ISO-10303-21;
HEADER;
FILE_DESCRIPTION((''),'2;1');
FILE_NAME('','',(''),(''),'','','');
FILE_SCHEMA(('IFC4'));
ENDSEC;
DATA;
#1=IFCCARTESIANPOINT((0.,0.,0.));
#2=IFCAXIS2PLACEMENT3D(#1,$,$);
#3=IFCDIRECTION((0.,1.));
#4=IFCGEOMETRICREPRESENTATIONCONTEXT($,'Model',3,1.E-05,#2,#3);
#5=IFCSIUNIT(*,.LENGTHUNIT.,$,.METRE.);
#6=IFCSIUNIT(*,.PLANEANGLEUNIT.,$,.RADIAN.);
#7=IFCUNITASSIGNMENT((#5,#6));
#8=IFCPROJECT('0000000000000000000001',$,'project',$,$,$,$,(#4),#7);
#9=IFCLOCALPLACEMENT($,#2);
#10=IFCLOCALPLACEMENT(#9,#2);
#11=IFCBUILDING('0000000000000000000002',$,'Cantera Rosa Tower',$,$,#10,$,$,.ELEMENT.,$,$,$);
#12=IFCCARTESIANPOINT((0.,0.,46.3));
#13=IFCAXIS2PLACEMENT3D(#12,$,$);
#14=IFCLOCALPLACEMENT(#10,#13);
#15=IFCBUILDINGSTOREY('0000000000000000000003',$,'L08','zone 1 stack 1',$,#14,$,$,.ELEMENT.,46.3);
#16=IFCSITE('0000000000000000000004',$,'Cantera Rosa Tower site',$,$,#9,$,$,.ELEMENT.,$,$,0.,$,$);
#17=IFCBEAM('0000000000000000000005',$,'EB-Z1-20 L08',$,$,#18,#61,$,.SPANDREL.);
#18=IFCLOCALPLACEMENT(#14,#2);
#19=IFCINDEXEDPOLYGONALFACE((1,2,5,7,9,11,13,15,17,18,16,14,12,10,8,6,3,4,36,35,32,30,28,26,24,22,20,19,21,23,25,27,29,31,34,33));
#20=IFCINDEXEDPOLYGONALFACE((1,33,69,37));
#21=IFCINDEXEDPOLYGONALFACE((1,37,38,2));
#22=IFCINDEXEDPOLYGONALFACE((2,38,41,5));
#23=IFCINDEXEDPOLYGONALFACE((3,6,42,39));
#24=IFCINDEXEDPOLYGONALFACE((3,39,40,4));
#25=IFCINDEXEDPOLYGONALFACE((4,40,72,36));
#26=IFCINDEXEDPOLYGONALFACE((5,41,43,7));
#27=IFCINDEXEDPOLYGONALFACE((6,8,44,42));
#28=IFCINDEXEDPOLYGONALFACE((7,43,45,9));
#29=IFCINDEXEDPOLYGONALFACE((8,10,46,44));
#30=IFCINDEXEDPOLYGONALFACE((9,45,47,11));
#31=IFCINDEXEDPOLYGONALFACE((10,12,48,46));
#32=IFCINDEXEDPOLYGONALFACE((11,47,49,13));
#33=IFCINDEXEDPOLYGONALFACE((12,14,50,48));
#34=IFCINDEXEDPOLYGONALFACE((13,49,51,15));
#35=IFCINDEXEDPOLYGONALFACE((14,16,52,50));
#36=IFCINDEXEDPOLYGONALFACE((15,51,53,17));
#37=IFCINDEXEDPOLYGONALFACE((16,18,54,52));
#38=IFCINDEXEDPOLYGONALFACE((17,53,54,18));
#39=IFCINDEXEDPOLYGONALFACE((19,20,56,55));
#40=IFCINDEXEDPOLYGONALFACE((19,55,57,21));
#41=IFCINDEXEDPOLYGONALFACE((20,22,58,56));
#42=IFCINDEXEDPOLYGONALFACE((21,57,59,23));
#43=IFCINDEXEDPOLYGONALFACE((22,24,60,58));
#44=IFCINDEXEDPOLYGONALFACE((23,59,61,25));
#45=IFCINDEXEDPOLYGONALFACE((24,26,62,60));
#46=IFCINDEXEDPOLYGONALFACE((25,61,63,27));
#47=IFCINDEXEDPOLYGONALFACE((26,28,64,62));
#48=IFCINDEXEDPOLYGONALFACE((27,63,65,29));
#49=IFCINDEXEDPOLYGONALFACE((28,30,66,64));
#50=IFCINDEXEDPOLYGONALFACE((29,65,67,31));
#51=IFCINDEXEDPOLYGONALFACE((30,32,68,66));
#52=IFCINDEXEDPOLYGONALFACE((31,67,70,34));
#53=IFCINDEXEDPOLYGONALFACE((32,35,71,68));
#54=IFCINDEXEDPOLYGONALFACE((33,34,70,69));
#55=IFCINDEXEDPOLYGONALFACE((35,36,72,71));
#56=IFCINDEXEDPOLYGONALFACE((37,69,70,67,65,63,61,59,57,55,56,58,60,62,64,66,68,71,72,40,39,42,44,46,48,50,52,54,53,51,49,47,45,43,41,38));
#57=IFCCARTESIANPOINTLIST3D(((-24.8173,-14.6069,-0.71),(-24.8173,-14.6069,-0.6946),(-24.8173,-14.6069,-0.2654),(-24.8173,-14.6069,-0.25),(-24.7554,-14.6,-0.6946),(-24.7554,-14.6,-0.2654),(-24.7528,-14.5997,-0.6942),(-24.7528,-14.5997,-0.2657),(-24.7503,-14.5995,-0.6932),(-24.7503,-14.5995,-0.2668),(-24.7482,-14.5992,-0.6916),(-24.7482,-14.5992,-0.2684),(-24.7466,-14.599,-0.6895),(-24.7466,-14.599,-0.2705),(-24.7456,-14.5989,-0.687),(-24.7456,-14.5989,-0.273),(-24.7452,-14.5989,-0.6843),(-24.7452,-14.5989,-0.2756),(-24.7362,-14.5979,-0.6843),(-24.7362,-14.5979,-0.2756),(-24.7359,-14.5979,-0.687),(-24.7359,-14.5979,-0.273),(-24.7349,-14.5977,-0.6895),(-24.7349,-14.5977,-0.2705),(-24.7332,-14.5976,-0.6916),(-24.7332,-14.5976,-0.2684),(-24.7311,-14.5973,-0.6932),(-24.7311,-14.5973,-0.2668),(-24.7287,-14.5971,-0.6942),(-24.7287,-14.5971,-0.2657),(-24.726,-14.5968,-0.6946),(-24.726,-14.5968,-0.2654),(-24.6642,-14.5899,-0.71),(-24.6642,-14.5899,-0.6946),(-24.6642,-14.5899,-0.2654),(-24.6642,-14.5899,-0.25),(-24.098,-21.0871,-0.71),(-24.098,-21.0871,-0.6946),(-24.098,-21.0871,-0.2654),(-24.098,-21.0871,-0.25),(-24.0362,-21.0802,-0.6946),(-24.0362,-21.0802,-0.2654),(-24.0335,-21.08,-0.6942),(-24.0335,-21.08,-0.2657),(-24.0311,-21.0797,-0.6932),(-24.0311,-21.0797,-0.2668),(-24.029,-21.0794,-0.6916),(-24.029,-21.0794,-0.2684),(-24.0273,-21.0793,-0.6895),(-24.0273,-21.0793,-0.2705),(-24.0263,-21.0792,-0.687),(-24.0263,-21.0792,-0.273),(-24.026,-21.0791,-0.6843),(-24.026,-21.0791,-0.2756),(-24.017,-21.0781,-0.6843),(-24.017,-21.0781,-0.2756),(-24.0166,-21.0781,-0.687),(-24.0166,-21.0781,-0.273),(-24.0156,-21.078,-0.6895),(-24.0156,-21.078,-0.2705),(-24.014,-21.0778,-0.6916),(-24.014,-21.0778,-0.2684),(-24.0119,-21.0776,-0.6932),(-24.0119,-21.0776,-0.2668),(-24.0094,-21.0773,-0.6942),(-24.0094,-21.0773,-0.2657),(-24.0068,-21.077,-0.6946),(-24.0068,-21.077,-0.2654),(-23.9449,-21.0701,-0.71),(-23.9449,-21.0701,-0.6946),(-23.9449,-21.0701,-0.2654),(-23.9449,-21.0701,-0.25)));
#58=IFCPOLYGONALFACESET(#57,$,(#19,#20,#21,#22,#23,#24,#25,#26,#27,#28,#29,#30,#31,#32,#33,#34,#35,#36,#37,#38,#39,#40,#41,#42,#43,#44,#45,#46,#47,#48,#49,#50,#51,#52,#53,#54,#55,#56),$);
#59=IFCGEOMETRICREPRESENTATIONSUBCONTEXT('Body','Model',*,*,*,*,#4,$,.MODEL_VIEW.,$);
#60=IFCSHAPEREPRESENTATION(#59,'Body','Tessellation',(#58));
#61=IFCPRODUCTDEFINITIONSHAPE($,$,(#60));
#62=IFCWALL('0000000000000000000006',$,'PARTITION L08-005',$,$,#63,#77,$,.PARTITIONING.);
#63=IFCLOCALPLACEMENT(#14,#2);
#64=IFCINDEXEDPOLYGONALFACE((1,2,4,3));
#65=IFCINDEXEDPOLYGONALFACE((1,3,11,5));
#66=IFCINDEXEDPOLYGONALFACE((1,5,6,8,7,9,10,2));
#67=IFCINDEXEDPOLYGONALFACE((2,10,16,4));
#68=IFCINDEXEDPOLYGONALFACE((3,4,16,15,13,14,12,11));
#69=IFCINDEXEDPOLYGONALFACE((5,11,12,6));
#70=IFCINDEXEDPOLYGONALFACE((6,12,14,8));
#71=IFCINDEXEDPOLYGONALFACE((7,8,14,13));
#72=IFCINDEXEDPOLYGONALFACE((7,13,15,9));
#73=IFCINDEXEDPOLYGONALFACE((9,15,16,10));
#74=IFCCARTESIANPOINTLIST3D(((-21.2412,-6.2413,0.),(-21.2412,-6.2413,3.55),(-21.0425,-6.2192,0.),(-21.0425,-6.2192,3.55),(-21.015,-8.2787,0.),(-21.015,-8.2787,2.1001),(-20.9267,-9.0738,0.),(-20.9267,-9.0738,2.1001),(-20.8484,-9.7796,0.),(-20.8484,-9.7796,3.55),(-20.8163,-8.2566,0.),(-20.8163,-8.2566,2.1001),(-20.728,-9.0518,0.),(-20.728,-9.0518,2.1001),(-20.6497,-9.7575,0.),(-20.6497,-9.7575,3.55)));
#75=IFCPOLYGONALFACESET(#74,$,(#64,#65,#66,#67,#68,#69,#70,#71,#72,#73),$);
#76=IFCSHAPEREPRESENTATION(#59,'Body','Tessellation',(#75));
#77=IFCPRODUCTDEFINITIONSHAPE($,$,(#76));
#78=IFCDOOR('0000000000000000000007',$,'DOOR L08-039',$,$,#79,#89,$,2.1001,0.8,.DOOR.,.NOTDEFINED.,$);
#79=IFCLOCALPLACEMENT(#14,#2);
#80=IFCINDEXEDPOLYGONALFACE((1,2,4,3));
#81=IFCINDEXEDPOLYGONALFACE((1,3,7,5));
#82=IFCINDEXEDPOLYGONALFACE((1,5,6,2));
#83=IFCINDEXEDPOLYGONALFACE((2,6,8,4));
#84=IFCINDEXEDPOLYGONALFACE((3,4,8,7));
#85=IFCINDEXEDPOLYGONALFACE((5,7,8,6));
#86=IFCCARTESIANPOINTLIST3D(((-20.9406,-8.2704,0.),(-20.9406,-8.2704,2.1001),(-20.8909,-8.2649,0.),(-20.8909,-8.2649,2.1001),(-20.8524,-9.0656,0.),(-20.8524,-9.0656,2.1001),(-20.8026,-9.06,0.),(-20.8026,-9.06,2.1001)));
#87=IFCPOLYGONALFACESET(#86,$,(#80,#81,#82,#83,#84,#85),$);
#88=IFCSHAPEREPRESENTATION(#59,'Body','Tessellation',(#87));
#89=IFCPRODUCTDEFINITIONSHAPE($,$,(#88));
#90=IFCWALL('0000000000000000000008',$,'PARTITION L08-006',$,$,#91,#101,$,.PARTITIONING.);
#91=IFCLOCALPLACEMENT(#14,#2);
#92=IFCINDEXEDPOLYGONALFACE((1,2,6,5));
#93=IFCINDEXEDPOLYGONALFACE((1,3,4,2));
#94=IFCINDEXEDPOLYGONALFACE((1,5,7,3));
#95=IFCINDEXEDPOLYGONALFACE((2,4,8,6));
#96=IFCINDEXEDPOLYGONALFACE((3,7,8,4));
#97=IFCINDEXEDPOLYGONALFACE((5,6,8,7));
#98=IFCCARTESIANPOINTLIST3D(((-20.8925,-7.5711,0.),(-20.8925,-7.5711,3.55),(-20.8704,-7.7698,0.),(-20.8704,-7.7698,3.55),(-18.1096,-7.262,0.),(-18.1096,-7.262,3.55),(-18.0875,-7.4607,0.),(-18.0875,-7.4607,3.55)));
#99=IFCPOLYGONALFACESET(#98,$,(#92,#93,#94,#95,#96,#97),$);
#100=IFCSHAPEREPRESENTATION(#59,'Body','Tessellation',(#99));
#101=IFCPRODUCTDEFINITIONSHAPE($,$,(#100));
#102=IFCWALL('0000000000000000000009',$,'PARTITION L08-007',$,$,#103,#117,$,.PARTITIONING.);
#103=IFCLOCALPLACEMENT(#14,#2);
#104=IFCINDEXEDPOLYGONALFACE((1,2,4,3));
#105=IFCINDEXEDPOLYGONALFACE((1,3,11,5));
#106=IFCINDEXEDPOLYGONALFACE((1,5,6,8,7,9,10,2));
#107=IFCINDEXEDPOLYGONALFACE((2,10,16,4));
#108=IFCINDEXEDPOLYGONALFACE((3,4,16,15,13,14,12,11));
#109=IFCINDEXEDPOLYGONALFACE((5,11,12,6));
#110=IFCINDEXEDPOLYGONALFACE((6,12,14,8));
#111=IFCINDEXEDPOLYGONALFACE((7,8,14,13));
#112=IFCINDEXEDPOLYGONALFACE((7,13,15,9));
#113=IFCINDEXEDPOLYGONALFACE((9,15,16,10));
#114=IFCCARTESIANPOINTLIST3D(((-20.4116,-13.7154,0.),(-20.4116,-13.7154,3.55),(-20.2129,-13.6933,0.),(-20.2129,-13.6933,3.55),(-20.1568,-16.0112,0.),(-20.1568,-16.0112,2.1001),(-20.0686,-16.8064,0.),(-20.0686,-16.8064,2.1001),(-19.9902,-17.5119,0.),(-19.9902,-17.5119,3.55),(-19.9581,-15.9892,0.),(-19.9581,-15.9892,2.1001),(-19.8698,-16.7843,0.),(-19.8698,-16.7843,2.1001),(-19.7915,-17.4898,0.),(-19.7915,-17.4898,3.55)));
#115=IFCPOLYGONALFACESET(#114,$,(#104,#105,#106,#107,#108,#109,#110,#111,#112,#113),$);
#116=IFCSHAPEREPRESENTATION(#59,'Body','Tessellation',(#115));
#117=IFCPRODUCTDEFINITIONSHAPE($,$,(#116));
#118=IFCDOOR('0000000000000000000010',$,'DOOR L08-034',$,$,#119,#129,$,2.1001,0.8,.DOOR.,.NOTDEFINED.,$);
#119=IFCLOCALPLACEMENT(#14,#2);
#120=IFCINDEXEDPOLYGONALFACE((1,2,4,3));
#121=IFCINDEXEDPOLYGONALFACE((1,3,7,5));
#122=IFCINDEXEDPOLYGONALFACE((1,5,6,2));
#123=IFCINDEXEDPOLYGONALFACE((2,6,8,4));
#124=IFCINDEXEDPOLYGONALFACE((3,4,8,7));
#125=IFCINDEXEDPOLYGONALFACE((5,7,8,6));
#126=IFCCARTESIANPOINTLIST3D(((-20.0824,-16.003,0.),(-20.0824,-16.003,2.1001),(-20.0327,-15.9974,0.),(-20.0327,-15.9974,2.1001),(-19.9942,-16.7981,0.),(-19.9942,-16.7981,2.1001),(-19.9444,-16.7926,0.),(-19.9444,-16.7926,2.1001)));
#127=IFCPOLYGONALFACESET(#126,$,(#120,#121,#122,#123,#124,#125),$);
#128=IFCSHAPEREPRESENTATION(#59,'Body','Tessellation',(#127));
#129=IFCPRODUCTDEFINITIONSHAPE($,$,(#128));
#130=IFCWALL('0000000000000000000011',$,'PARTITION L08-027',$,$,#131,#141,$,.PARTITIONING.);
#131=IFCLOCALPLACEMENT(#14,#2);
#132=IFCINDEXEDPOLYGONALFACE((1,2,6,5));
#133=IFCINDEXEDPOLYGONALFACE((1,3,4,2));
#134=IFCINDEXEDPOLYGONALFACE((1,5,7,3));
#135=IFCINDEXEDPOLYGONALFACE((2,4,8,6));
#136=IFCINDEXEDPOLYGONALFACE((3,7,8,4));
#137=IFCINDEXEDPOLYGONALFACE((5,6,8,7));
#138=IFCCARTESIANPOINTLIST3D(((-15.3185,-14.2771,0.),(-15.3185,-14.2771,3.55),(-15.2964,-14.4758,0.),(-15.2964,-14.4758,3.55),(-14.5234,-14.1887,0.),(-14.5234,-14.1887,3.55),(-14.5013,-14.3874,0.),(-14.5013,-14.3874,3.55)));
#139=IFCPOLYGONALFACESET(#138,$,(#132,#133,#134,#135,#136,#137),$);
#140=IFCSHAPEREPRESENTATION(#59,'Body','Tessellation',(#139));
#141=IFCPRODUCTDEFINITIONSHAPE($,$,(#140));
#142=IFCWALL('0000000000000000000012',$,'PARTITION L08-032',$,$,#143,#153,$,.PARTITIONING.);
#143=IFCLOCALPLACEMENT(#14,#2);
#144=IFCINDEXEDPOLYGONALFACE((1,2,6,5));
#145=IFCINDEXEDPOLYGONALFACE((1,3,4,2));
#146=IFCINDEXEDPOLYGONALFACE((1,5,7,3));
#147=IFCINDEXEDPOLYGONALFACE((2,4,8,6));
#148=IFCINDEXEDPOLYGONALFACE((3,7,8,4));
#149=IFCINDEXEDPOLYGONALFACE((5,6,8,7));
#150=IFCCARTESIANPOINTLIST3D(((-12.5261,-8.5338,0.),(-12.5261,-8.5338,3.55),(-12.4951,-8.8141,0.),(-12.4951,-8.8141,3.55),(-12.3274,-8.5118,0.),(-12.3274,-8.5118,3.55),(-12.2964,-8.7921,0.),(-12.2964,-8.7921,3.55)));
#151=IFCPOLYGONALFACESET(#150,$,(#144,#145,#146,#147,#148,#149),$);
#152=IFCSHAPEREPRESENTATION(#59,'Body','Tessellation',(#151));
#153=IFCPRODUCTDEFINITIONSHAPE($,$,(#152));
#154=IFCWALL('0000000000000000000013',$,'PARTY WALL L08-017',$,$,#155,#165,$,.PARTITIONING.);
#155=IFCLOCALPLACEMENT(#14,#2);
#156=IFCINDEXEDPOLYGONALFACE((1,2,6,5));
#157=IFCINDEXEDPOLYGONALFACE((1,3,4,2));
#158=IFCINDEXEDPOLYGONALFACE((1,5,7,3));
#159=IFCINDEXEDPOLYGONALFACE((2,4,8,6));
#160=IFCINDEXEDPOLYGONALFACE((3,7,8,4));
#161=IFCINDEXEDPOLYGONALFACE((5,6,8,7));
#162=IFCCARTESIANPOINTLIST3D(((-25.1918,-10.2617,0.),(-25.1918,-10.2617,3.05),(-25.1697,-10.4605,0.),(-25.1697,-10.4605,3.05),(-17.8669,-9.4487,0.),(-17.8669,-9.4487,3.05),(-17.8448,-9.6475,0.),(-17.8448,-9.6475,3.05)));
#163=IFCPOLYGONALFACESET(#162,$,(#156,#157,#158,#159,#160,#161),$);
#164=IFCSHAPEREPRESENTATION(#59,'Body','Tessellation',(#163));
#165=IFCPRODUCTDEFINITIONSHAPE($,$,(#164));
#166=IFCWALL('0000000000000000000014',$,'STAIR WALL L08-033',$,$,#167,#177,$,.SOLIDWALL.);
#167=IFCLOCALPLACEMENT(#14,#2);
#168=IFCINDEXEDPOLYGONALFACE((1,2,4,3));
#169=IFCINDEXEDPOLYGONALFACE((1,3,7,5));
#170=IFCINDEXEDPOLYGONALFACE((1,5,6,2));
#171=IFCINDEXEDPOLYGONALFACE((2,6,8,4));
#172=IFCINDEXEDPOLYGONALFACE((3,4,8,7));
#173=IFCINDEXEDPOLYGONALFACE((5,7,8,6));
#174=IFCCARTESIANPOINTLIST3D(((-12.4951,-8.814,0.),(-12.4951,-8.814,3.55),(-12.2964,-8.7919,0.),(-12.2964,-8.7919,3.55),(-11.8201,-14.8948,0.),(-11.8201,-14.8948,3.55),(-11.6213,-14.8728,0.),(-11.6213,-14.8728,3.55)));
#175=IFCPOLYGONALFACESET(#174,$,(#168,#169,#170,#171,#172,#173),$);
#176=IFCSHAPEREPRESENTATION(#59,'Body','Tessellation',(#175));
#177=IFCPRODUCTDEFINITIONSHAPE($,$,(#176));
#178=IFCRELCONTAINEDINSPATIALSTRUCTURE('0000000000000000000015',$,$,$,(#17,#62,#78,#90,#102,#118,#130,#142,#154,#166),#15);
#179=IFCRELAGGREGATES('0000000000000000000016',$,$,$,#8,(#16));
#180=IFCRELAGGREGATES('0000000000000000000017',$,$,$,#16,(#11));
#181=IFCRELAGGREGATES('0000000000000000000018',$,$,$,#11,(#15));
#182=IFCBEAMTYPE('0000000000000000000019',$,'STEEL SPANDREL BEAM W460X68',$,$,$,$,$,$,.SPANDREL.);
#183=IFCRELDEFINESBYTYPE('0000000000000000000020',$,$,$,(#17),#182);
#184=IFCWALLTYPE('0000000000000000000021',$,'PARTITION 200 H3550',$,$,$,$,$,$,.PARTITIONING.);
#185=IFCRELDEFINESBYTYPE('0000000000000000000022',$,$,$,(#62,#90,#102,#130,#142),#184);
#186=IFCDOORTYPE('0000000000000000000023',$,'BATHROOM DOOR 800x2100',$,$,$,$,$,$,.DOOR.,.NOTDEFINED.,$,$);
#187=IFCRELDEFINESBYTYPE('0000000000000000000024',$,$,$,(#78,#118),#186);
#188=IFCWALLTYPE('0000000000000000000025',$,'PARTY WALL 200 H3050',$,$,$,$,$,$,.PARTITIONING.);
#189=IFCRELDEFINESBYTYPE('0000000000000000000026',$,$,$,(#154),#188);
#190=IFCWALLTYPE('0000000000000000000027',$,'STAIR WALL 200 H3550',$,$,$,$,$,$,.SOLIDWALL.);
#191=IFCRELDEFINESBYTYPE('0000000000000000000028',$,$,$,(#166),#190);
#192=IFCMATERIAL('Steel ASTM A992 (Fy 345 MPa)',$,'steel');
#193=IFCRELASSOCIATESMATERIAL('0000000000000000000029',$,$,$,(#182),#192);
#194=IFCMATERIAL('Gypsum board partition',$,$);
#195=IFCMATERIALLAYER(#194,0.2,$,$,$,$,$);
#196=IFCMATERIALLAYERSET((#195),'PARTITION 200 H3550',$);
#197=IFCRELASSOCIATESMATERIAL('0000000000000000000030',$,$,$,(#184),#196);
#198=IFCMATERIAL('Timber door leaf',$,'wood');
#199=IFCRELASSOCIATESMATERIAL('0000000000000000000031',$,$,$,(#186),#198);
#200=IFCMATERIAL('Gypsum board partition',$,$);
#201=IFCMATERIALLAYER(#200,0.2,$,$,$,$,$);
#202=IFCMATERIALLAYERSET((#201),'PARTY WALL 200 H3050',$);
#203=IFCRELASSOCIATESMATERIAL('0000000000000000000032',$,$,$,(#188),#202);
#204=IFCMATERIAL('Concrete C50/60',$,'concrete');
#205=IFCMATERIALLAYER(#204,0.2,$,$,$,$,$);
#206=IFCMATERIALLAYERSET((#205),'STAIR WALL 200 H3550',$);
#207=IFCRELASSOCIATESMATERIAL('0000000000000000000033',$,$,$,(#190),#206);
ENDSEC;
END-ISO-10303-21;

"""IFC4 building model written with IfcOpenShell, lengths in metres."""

from ifc_helpers import new_model, si_unit, direction, frame, frame_2d, origin, origin_2d, place, context, subcontext, project, spatial, rectangle, i_section, extrude, material, layer, layer_set, material_profile, profile_set, type_object, element, fill, save


model = new_model("IFC4")

# Units and contexts
model_context = context("Model", 3, precision=1e-05, world=origin(), true_north=direction((0.0, 1.0)))
body_context = subcontext(model_context, "Body", "Model", "MODEL_VIEW")
ifc_project = project(units=[si_unit("LENGTHUNIT", "METRE"), si_unit("PLANEANGLEUNIT", "RADIAN")], contexts=[model_context])

# Site, building, storey
site_placement = place(None, origin())
site = spatial("IfcSite", under=ifc_project, at=site_placement, Name="Cantera Rosa Tower site", CompositionType="ELEMENT", RefElevation=0.0)
building_placement = place(site_placement, origin())
building = spatial("IfcBuilding", under=site, at=building_placement, Name="Cantera Rosa Tower", CompositionType="ELEMENT")
storey_placement = place(building_placement, frame((0.0, 0.0, 46.3)))
storey = spatial("IfcBuildingStorey", under=building, at=storey_placement, Name="L08", Description="zone 1 stack 1", CompositionType="ELEMENT", Elevation=46.3)

# Beam
ifc_material_1 = material(Name="Steel ASTM A992 (Fy 345 MPa)", Category="steel")
ifc_material_profile_1 = material_profile(ifc_material_1, i_section(OverallWidth=0.1541, OverallDepth=0.46, WebThickness=0.009, FlangeThickness=0.0154, FilletRadius=0.0103, at=origin_2d()), Name="W460X68")
ifc_profile_set_1 = profile_set([ifc_material_profile_1], Name="Steel ASTM A992 (Fy 345 MPa)")
beam_type_1 = type_object("IfcBeamType", Name="STEEL SPANDREL BEAM W460X68", PredefinedType="SPANDREL", material=ifc_profile_set_1)
beam_1_placement = place(storey_placement, frame((-24.7407, -14.5984, -0.48), z_axis=(0.110312, -0.993897, 0.0), x_axis=(0.993897, 0.110312, 0.0)))
element("IfcBeam", 1, at=beam_1_placement, inside=storey, type_object=beam_type_1, Name="EB-Z1-20 L08", PredefinedType="SPANDREL", context=body_context, shape_type="SweptSolid", body=[
    extrude(i_section(OverallWidth=0.1541, OverallDepth=0.46, WebThickness=0.009, FlangeThickness=0.0154, FilletRadius=0.0103, at=origin_2d()), origin(), (0.0, 0.0, 1.0), 6.52),
])

# Wall, opening, door
ifc_material_2 = material(Name="Gypsum board partition")
ifc_layer_1 = layer(ifc_material_2, 0.2)
ifc_layer_set_1 = layer_set([ifc_layer_1], Name="PARTITION 200 H3550")
wall_type_1 = type_object("IfcWallType", Name="PARTITION 200 H3550", PredefinedType="PARTITIONING", material=ifc_layer_set_1)
wall_1_placement = place(storey_placement, frame((-21.1418, -6.2302, 0.0), z_axis=(0.0, 0.0, 1.0), x_axis=(0.110341, -0.993894, 0.0)))
wall_1 = element("IfcWall", 2, at=wall_1_placement, inside=storey, type_object=wall_type_1, Name="PARTITION L08-005", PredefinedType="PARTITIONING", context=body_context, shape_type="SweptSolid", body=[
    extrude(rectangle(XDim=3.5601, YDim=0.2, at=frame_2d((1.78, 0.0))), origin(), (0.0, 0.0, 1.0), 3.55),
])
opening_1_placement = place(wall_1_placement, frame((2.05, 0.0, 0.0)))
opening_1 = element("IfcOpeningElement", 3, at=opening_1_placement, cuts=wall_1, PredefinedType="OPENING", context=body_context, shape_type="SweptSolid", body=[
    extrude(rectangle(XDim=0.8, YDim=2.1001, at=frame_2d((0.3999, 1.05))), frame((0.0, 0.1099, 0.0), z_axis=(0.0, -1.0, 0.0), x_axis=(1.0, 0.0, 0.0)), (0.0, 0.0, 1.0), 0.22),
])
ifc_material_3 = material(Name="Timber door leaf", Category="wood")
door_type_1 = type_object("IfcDoorType", Name="BATHROOM DOOR 800x2100", OperationType="NOTDEFINED", PredefinedType="DOOR", material=ifc_material_3)
door_1_placement = place(opening_1_placement, origin())
door_1 = element("IfcDoor", 4, at=door_1_placement, inside=storey, type_object=door_type_1, Name="DOOR L08-039", OperationType="NOTDEFINED", OverallHeight=2.1001, OverallWidth=0.8, PredefinedType="DOOR", context=body_context, shape_type="SweptSolid", body=[
    extrude(rectangle(XDim=0.8, YDim=2.1001, at=frame_2d((0.3999, 1.05))), frame((0.0, 0.0249, 0.0), z_axis=(0.0, -1.0, 0.0), x_axis=(1.0, 0.0, 0.0)), (0.0, 0.0, 1.0), 0.05),
])
fill(opening_1, door_1)

# Wall
wall_2_placement = place(storey_placement, frame((-20.8813, -7.6704, 0.0), z_axis=(0.0, 0.0, 1.0), x_axis=(0.993889, 0.110384, 0.0)))
element("IfcWall", 5, at=wall_2_placement, inside=storey, type_object=wall_type_1, Name="PARTITION L08-006", PredefinedType="PARTITIONING", context=body_context, shape_type="SweptSolid", body=[
    extrude(rectangle(XDim=2.8, YDim=0.2, at=frame_2d((1.3999, 0.0))), origin(), (0.0, 0.0, 1.0), 3.55),
])

# Wall, opening, door
wall_3_placement = place(storey_placement, frame((-20.3123, -13.7043, 0.0), z_axis=(0.0, 0.0, 1.0), x_axis=(0.110312, -0.993897, 0.0)))
wall_3 = element("IfcWall", 6, at=wall_3_placement, inside=storey, type_object=wall_type_1, Name="PARTITION L08-007", PredefinedType="PARTITIONING", context=body_context, shape_type="SweptSolid", body=[
    extrude(rectangle(XDim=3.8198, YDim=0.2, at=frame_2d((1.9099, 0.0))), origin(), (0.0, 0.0, 1.0), 3.55),
])
opening_2_placement = place(wall_3_placement, frame((2.3101, 0.0, 0.0)))
opening_2 = element("IfcOpeningElement", 7, at=opening_2_placement, cuts=wall_3, PredefinedType="OPENING", context=body_context, shape_type="SweptSolid", body=[
    extrude(rectangle(XDim=0.8, YDim=2.1001, at=frame_2d((0.3999, 1.05))), frame((0.0, 0.1099, 0.0), z_axis=(0.0, -1.0, 0.0), x_axis=(1.0, 0.0, 0.0)), (0.0, 0.0, 1.0), 0.22),
])
door_2_placement = place(opening_2_placement, origin())
door_2 = element("IfcDoor", 8, at=door_2_placement, inside=storey, type_object=door_type_1, Name="DOOR L08-034", OperationType="NOTDEFINED", OverallHeight=2.1001, OverallWidth=0.8, PredefinedType="DOOR", context=body_context, shape_type="SweptSolid", body=[
    extrude(rectangle(XDim=0.8, YDim=2.1001, at=frame_2d((0.3999, 1.05))), frame((0.0, 0.0249, 0.0), z_axis=(0.0, -1.0, 0.0), x_axis=(1.0, 0.0, 0.0)), (0.0, 0.0, 1.0), 0.05),
])
fill(opening_2, door_2)

# Walls
wall_4_placement = place(storey_placement, frame((-14.5125, -14.2881, 0.0), z_axis=(0.0, 0.0, 1.0), x_axis=(-0.99388, -0.110465, 0.0)))
element("IfcWall", 9, at=wall_4_placement, inside=storey, type_object=wall_type_1, Name="PARTITION L08-027", PredefinedType="PARTITIONING", context=body_context, shape_type="SweptSolid", body=[
    extrude(rectangle(XDim=0.8, YDim=0.2, at=frame_2d((0.3999, 0.0))), origin(), (0.0, 0.0, 1.0), 3.55),
])
wall_5_placement = place(storey_placement, frame((-12.4268, -8.5227, 0.0), z_axis=(0.0, 0.0, 1.0), x_axis=(0.109956, -0.993936, 0.0)))
element("IfcWall", 10, at=wall_5_placement, inside=storey, type_object=wall_type_1, Name="PARTITION L08-032", PredefinedType="PARTITIONING", context=body_context, shape_type="SweptSolid", body=[
    extrude(rectangle(XDim=0.282, YDim=0.2, at=frame_2d((0.1411, 0.0))), origin(), (0.0, 0.0, 1.0), 3.55),
])
ifc_material_4 = material(Name="Gypsum board partition")
ifc_layer_2 = layer(ifc_material_4, 0.2)
ifc_layer_set_2 = layer_set([ifc_layer_2], Name="PARTY WALL 200 H3050")
wall_type_2 = type_object("IfcWallType", Name="PARTY WALL 200 H3050", PredefinedType="PARTITIONING", material=ifc_layer_set_2)
wall_6_placement = place(storey_placement, frame((-17.8557, -9.5481, 0.0), z_axis=(0.0, 0.0, 1.0), x_axis=(-0.993897, -0.110312, 0.0)))
element("IfcWall", 11, at=wall_6_placement, inside=storey, type_object=wall_type_2, Name="PARTY WALL L08-017", PredefinedType="PARTITIONING", context=body_context, shape_type="SweptSolid", body=[
    extrude(rectangle(XDim=7.3699, YDim=0.2, at=frame_2d((3.6851, 0.0))), origin(), (0.0, 0.0, 1.0), 3.05),
])
ifc_material_5 = material(Name="Concrete C50/60", Category="concrete")
ifc_layer_3 = layer(ifc_material_5, 0.2)
ifc_layer_set_3 = layer_set([ifc_layer_3], Name="STAIR WALL 200 H3550")
wall_type_3 = type_object("IfcWallType", Name="STAIR WALL 200 H3550", PredefinedType="SOLIDWALL", material=ifc_layer_set_3)
wall_7_placement = place(storey_placement, frame((-12.3958, -8.803, 0.0), z_axis=(0.0, 0.0, 1.0), x_axis=(0.110335, -0.993894, 0.0)))
element("IfcWall", 12, at=wall_7_placement, inside=storey, type_object=wall_type_3, Name="STAIR WALL L08-033", PredefinedType="SOLIDWALL", context=body_context, shape_type="SweptSolid", body=[
    extrude(rectangle(XDim=6.1182, YDim=0.2, at=frame_2d((3.0591, 0.0))), origin(), (0.0, 0.0, 1.0), 3.55),
])

save(model, "model.ifc")
